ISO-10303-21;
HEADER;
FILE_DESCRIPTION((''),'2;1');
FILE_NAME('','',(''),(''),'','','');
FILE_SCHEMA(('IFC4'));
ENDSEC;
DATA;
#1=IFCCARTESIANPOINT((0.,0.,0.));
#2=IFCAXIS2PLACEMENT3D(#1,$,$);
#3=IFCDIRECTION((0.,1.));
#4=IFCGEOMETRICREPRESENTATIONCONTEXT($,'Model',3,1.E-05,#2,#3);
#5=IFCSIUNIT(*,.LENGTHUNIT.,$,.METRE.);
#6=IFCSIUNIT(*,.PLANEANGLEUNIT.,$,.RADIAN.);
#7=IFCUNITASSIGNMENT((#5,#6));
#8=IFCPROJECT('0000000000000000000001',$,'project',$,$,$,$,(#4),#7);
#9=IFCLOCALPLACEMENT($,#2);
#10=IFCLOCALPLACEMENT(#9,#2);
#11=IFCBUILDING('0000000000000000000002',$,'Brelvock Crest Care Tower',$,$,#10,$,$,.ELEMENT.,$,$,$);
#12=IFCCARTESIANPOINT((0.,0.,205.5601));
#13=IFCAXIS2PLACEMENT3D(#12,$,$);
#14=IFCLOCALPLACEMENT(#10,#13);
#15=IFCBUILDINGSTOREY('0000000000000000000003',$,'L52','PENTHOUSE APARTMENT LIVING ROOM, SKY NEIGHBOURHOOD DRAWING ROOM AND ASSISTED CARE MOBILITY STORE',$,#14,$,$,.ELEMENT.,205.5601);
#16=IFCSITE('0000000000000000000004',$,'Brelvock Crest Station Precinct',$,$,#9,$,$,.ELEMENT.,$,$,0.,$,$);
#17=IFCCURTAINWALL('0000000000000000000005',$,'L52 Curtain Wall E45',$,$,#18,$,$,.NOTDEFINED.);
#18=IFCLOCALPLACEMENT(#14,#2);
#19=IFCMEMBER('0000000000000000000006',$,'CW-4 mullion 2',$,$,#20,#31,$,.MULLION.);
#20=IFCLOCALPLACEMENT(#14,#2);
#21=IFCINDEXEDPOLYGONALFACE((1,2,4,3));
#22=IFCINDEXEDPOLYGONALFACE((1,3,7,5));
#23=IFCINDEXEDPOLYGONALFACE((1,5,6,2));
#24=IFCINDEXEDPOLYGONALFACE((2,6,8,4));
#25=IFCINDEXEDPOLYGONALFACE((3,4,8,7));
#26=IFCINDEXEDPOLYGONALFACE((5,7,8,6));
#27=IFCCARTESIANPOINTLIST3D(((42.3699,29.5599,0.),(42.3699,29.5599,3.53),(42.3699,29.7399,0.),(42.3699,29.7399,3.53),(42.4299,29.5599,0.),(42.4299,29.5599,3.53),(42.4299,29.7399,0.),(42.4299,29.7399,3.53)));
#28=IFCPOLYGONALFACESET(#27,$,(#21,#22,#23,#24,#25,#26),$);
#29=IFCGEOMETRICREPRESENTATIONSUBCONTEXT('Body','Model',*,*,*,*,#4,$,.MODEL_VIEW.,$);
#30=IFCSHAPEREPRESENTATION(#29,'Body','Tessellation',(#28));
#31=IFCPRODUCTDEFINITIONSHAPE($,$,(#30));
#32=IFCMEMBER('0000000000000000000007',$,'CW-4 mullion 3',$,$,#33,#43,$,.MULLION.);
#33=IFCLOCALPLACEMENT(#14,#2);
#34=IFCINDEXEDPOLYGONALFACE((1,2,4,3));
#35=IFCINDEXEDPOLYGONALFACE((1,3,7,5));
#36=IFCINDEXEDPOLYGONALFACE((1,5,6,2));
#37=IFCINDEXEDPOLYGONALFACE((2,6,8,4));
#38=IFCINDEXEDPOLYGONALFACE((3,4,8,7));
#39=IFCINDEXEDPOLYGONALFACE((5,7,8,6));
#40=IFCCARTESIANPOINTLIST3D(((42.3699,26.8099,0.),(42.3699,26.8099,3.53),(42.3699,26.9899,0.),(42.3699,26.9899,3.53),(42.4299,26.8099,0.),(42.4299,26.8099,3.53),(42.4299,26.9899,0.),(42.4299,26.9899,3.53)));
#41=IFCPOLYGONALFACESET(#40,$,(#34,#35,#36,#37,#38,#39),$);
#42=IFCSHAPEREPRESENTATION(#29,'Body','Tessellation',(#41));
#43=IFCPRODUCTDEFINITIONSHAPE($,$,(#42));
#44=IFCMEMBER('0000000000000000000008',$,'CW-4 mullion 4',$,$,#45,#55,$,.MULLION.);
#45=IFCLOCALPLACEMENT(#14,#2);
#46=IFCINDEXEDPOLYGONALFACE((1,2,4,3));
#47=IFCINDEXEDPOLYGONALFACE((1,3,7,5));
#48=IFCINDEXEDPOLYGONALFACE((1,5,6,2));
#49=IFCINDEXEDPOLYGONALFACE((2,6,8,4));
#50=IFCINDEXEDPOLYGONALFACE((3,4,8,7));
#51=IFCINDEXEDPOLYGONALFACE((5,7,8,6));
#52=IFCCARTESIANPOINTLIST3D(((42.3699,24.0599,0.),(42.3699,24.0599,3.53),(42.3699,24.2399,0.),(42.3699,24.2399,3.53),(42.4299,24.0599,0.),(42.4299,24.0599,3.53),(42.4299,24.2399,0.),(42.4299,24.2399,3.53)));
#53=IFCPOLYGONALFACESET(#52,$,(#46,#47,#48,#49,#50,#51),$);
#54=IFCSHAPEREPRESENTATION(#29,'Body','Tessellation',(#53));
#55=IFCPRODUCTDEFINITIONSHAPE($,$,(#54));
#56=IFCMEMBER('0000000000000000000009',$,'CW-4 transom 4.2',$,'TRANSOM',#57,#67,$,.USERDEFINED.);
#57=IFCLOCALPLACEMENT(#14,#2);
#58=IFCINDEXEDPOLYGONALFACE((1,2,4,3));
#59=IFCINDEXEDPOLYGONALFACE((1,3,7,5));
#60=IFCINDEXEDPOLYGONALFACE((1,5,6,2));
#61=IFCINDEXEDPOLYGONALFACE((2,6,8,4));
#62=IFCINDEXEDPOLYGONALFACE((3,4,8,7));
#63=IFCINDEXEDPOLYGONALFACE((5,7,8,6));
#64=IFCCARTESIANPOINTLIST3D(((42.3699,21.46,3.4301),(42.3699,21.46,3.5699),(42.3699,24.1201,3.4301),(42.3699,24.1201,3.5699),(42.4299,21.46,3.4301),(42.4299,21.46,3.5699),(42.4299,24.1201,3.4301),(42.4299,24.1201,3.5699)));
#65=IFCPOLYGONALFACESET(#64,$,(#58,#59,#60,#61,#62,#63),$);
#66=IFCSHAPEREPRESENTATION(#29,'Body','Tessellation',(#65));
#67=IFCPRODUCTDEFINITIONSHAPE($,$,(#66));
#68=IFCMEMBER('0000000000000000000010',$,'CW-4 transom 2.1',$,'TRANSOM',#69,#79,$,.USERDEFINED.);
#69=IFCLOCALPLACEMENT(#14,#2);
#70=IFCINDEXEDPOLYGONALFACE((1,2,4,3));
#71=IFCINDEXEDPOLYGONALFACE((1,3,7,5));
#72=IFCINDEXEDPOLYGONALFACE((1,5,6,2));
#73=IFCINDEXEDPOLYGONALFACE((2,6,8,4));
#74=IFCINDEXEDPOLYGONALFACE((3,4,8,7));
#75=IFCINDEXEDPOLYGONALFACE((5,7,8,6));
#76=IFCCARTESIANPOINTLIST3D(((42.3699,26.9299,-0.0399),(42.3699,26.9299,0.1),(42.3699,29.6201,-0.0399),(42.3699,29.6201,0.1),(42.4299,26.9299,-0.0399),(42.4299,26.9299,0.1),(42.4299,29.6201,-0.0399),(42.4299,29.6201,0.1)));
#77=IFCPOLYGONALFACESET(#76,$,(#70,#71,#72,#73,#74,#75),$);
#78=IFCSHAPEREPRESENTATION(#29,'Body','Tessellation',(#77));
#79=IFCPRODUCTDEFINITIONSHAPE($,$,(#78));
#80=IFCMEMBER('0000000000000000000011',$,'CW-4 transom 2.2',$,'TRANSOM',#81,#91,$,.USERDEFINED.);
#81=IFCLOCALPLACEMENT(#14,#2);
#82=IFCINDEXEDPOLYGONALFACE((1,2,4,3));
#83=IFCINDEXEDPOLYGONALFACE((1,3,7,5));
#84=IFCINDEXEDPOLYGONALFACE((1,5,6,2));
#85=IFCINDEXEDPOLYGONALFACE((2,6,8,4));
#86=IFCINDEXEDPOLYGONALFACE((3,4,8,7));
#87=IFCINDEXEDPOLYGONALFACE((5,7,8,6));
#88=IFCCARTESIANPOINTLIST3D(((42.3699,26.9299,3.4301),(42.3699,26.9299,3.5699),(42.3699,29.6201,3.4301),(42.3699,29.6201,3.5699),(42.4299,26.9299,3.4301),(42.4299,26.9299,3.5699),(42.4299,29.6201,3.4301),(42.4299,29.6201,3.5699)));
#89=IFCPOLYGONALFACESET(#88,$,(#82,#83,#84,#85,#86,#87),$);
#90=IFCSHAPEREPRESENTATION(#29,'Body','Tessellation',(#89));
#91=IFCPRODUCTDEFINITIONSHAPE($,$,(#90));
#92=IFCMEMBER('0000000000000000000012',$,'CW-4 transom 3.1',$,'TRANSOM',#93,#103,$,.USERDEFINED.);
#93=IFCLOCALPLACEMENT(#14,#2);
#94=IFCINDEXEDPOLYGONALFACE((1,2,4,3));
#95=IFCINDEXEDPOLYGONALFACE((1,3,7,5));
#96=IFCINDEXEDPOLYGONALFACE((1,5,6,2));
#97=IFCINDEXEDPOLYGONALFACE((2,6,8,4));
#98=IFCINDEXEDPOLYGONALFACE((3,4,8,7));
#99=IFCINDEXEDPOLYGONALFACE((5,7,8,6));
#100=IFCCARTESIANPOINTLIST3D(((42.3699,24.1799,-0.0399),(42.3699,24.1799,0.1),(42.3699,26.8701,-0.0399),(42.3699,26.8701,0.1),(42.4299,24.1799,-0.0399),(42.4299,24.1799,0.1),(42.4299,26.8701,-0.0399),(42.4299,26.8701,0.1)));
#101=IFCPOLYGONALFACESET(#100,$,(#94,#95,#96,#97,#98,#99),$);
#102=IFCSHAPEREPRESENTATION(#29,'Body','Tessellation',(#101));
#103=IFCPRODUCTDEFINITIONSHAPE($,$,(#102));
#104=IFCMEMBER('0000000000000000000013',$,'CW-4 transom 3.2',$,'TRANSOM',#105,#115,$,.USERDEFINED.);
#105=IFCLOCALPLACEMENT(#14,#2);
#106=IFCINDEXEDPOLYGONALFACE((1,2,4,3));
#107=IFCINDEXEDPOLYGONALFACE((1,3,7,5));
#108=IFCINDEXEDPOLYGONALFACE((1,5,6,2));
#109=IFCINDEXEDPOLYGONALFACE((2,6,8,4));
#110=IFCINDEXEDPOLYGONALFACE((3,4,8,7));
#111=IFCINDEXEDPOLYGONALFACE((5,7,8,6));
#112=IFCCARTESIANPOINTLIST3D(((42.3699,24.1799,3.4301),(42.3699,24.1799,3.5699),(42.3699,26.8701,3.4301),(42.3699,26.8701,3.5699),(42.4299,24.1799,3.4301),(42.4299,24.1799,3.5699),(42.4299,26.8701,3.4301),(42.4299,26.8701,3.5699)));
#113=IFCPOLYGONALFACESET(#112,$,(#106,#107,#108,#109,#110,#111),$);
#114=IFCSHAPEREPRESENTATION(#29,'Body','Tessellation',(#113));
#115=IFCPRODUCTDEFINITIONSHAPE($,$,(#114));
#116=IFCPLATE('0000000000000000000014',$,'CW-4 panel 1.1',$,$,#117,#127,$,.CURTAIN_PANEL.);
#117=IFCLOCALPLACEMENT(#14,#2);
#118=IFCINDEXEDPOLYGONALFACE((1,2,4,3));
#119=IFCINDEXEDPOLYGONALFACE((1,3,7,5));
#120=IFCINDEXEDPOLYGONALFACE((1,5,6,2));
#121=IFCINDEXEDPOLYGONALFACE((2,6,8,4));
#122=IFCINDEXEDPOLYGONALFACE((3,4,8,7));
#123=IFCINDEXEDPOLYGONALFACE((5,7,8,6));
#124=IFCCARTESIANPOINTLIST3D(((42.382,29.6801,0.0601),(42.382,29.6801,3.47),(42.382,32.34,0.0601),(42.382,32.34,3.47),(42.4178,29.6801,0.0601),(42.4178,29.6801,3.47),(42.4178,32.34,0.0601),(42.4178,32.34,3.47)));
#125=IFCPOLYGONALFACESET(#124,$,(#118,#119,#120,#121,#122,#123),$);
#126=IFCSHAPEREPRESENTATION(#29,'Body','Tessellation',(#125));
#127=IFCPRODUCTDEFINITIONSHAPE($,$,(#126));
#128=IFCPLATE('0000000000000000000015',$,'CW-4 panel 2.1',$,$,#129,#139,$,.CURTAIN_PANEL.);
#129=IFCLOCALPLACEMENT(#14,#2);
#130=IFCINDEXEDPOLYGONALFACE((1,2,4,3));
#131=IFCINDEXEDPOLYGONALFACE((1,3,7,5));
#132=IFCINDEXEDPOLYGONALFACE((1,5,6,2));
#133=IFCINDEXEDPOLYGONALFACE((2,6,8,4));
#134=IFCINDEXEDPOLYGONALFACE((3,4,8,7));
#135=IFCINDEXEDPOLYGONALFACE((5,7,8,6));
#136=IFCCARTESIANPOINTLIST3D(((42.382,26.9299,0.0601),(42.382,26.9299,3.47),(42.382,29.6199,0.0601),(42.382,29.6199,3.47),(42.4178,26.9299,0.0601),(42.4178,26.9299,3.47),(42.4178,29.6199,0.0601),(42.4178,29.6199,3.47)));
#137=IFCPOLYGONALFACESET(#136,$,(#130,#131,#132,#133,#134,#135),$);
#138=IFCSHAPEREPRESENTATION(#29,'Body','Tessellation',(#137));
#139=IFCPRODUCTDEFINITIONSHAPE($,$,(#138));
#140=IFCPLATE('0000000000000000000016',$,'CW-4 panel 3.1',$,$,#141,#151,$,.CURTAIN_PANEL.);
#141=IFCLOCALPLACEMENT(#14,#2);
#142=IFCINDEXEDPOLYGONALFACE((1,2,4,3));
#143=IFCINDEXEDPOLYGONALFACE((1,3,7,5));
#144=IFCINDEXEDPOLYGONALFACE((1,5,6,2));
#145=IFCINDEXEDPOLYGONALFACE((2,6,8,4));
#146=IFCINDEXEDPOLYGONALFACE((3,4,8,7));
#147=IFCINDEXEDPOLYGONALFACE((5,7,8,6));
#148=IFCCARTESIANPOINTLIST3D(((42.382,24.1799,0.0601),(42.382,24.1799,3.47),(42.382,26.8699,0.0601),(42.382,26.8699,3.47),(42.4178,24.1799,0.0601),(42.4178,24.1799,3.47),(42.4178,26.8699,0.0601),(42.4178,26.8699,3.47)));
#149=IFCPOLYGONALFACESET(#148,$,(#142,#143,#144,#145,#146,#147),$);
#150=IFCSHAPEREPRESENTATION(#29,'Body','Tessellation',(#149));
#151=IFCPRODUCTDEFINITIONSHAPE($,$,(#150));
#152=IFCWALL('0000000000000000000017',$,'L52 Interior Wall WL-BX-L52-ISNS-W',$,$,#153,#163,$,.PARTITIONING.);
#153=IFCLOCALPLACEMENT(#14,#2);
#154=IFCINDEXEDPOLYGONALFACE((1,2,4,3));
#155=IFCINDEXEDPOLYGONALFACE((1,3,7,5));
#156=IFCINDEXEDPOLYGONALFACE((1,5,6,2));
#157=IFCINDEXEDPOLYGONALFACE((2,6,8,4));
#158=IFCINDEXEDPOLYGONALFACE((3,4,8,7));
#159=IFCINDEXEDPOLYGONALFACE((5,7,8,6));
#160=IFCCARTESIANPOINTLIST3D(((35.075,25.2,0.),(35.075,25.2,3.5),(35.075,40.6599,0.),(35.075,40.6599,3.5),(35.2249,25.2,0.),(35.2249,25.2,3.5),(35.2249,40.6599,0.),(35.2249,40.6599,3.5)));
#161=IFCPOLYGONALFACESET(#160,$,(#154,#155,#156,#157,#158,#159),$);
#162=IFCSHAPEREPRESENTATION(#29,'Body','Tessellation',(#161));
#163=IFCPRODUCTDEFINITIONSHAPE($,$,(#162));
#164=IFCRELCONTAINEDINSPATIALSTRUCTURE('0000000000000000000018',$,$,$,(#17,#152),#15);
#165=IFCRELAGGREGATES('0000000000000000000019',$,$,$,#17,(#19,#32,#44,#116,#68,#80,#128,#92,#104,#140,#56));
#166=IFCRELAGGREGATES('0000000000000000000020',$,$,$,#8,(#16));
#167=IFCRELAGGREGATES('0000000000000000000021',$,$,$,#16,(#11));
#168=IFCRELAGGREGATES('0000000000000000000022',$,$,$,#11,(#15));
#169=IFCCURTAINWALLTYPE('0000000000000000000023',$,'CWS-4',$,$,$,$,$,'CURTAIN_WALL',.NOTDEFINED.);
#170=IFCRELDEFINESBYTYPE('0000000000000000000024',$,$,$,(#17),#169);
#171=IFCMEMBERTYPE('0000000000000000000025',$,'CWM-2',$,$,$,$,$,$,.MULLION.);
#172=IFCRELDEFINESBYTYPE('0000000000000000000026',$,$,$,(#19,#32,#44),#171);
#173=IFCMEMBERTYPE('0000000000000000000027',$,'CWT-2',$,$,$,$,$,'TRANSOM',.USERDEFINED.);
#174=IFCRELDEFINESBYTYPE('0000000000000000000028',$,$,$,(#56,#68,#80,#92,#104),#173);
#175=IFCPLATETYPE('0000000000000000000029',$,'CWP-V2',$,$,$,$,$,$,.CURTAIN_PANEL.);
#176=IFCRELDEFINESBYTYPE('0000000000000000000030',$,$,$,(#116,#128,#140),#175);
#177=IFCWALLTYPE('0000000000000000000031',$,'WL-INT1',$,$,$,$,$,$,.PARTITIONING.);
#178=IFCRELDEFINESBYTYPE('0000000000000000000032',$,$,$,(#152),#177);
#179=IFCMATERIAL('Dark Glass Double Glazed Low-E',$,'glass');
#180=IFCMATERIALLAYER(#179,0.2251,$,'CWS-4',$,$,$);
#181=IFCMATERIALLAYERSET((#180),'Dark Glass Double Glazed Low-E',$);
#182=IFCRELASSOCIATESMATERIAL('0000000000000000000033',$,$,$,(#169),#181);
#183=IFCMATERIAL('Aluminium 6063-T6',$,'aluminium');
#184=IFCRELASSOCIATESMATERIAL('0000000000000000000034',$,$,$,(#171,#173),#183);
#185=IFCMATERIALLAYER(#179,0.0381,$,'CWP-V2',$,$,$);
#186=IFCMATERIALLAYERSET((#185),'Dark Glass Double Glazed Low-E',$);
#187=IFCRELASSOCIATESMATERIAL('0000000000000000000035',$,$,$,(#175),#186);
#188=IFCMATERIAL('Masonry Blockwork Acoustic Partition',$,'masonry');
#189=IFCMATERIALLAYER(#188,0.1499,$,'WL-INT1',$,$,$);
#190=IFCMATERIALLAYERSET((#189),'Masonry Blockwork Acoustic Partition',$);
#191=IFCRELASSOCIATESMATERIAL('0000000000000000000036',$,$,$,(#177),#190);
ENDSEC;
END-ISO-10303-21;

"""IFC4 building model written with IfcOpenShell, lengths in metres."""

from ifc_helpers import new_model, si_unit, direction, frame, frame_2d, origin, origin_2d, place, context, subcontext, project, spatial, rectangle, extrude, source, transform, mapped, material, layer, layer_set, material_profile, profile_set, type_object, element, aggregate, save


model = new_model("IFC4")

# Units and contexts
model_context = context("Model", 3, precision=1e-05, world=origin(), true_north=direction((0.0, 1.0)))
body_context = subcontext(model_context, "Body", "Model", "MODEL_VIEW")
ifc_project = project(units=[si_unit("LENGTHUNIT", "METRE"), si_unit("PLANEANGLEUNIT", "RADIAN")], contexts=[model_context])

# Site, building, storey
site_placement = place(None, origin())
site = spatial("IfcSite", under=ifc_project, at=site_placement, Name="Brelvock Crest Station Precinct", CompositionType="ELEMENT", RefElevation=0.0)
building_placement = place(site_placement, origin())
building = spatial("IfcBuilding", under=site, at=building_placement, Name="Brelvock Crest Care Tower", CompositionType="ELEMENT")
storey_placement = place(building_placement, frame((0.0, 0.0, 205.5601)))
storey = spatial("IfcBuildingStorey", under=building, at=storey_placement, Name="L52", Description="PENTHOUSE APARTMENT LIVING ROOM, SKY NEIGHBOURHOOD DRAWING ROOM AND ASSISTED CARE MOBILITY STORE", CompositionType="ELEMENT", Elevation=205.5601)

# Curtain wall, members, plates
ifc_material_1 = material(Name="Dark Glass Double Glazed Low-E", Category="glass")
ifc_layer_1 = layer(ifc_material_1, 0.2251, Name="CWS-4")
ifc_layer_set_1 = layer_set([ifc_layer_1], Name="Dark Glass Double Glazed Low-E")
curtain_wall_type = type_object("IfcCurtainWallType", Name="CWS-4", ElementType="CURTAIN_WALL", PredefinedType="NOTDEFINED", material=ifc_layer_set_1)
curtain_wall_placement = place(storey_placement, origin())
curtain_wall = element("IfcCurtainWall", 1, at=curtain_wall_placement, inside=storey, type_object=curtain_wall_type, Name="L52 Curtain Wall E45", PredefinedType="NOTDEFINED")
ifc_material_2 = material(Name="Aluminium 6063-T6", Category="aluminium")
ifc_material_profile_1 = material_profile(ifc_material_2, rectangle(XDim=0.0601, YDim=0.1799, at=origin_2d()), Name="ALU60x180")
ifc_profile_set_1 = profile_set([ifc_material_profile_1], Name="Aluminium 6063-T6")
member_type_1 = type_object("IfcMemberType", Name="CWM-2", PredefinedType="MULLION", material=ifc_profile_set_1)
shared_shape_1 = source(origin(), body_context, "Body", "SweptSolid", [
    extrude(rectangle(XDim=0.0601, YDim=0.1799, at=origin_2d()), origin(), (0.0, 0.0, 1.0), 3.53),
])
member_1_placement = place(storey_placement, frame((42.3999, 29.6499, 0.0), z_axis=(0.0, 0.0, 1.0), x_axis=(1.0, 0.0, 0.0)))
member_1 = element("IfcMember", 2, at=member_1_placement, type_object=member_type_1, Name="CW-4 mullion 2", PredefinedType="MULLION", context=body_context, shape_type="MappedRepresentation", body=[
    mapped(shared_shape_1, transform((0.0, 0.0, 0.0), x_axis=(1.0, 0.0, 0.0), y_axis=(0.0, 1.0, 0.0), z_axis=(0.0, 0.0, 1.0), scale=1.0)),
])
member_2_placement = place(storey_placement, frame((42.3999, 26.8999, 0.0), z_axis=(0.0, 0.0, 1.0), x_axis=(1.0, 0.0, 0.0)))
member_2 = element("IfcMember", 3, at=member_2_placement, type_object=member_type_1, Name="CW-4 mullion 3", PredefinedType="MULLION", context=body_context, shape_type="MappedRepresentation", body=[
    mapped(shared_shape_1, transform((0.0, 0.0, 0.0), x_axis=(1.0, 0.0, 0.0), y_axis=(0.0, 1.0, 0.0), z_axis=(0.0, 0.0, 1.0), scale=1.0)),
])
member_3_placement = place(storey_placement, frame((42.3999, 24.1499, 0.0), z_axis=(0.0, 0.0, 1.0), x_axis=(1.0, 0.0, 0.0)))
member_3 = element("IfcMember", 4, at=member_3_placement, type_object=member_type_1, Name="CW-4 mullion 4", PredefinedType="MULLION", context=body_context, shape_type="MappedRepresentation", body=[
    mapped(shared_shape_1, transform((0.0, 0.0, 0.0), x_axis=(1.0, 0.0, 0.0), y_axis=(0.0, 1.0, 0.0), z_axis=(0.0, 0.0, 1.0), scale=1.0)),
])
ifc_material_profile_2 = material_profile(ifc_material_2, rectangle(XDim=0.0601, YDim=0.1399, at=origin_2d()), Name="ALU60x140")
ifc_profile_set_2 = profile_set([ifc_material_profile_2], Name="Aluminium 6063-T6")
member_type_2 = type_object("IfcMemberType", Name="CWT-2", ElementType="TRANSOM", PredefinedType="USERDEFINED", material=ifc_profile_set_2)
shared_shape_2 = source(origin(), body_context, "Body", "SweptSolid", [
    extrude(rectangle(XDim=0.0601, YDim=0.1399, at=origin_2d()), origin(), (0.0, 0.0, 1.0), 2.6602),
])
member_4_placement = place(storey_placement, frame((42.3999, 24.1201, 3.5), z_axis=(0.0, -1.0, 0.0), x_axis=(1.0, 0.0, 0.0)))
member_4 = element("IfcMember", 5, at=member_4_placement, type_object=member_type_2, Name="CW-4 transom 4.2", ObjectType="TRANSOM", PredefinedType="USERDEFINED", context=body_context, shape_type="MappedRepresentation", body=[
    mapped(shared_shape_2, transform((0.0, 0.0, 0.0), x_axis=(1.0, 0.0, 0.0), y_axis=(0.0, 1.0, 0.0), z_axis=(0.0, 0.0, 1.0), scale=1.0)),
])
shared_shape_3 = source(origin(), body_context, "Body", "SweptSolid", [
    extrude(rectangle(XDim=0.0601, YDim=0.1399, at=origin_2d()), origin(), (0.0, 0.0, 1.0), 2.6902),
])
member_5_placement = place(storey_placement, frame((42.3999, 29.6201, 0.03), z_axis=(0.0, -1.0, 0.0), x_axis=(1.0, 0.0, 0.0)))
member_5 = element("IfcMember", 6, at=member_5_placement, type_object=member_type_2, Name="CW-4 transom 2.1", ObjectType="TRANSOM", PredefinedType="USERDEFINED", context=body_context, shape_type="MappedRepresentation", body=[
    mapped(shared_shape_3, transform((0.0, 0.0, 0.0), x_axis=(1.0, 0.0, 0.0), y_axis=(0.0, 1.0, 0.0), z_axis=(0.0, 0.0, 1.0), scale=1.0)),
])
member_6_placement = place(storey_placement, frame((42.3999, 29.6201, 3.5), z_axis=(0.0, -1.0, 0.0), x_axis=(1.0, 0.0, 0.0)))
member_6 = element("IfcMember", 7, at=member_6_placement, type_object=member_type_2, Name="CW-4 transom 2.2", ObjectType="TRANSOM", PredefinedType="USERDEFINED", context=body_context, shape_type="MappedRepresentation", body=[
    mapped(shared_shape_3, transform((0.0, 0.0, 0.0), x_axis=(1.0, 0.0, 0.0), y_axis=(0.0, 1.0, 0.0), z_axis=(0.0, 0.0, 1.0), scale=1.0)),
])
member_7_placement = place(storey_placement, frame((42.3999, 26.8701, 0.03), z_axis=(0.0, -1.0, 0.0), x_axis=(1.0, 0.0, 0.0)))
member_7 = element("IfcMember", 8, at=member_7_placement, type_object=member_type_2, Name="CW-4 transom 3.1", ObjectType="TRANSOM", PredefinedType="USERDEFINED", context=body_context, shape_type="MappedRepresentation", body=[
    mapped(shared_shape_3, transform((0.0, 0.0, 0.0), x_axis=(1.0, 0.0, 0.0), y_axis=(0.0, 1.0, 0.0), z_axis=(0.0, 0.0, 1.0), scale=1.0)),
])
member_8_placement = place(storey_placement, frame((42.3999, 26.8701, 3.5), z_axis=(0.0, -1.0, 0.0), x_axis=(1.0, 0.0, 0.0)))
member_8 = element("IfcMember", 9, at=member_8_placement, type_object=member_type_2, Name="CW-4 transom 3.2", ObjectType="TRANSOM", PredefinedType="USERDEFINED", context=body_context, shape_type="MappedRepresentation", body=[
    mapped(shared_shape_3, transform((0.0, 0.0, 0.0), x_axis=(1.0, 0.0, 0.0), y_axis=(0.0, 1.0, 0.0), z_axis=(0.0, 0.0, 1.0), scale=1.0)),
])
ifc_layer_2 = layer(ifc_material_1, 0.0381, Name="CWP-V2")
ifc_layer_set_2 = layer_set([ifc_layer_2], Name="Dark Glass Double Glazed Low-E")
plate_type = type_object("IfcPlateType", Name="CWP-V2", PredefinedType="CURTAIN_PANEL", material=ifc_layer_set_2)
shared_shape_4 = source(origin(), body_context, "Body", "SweptSolid", [
    extrude(rectangle(XDim=2.6599, YDim=0.0359, at=origin_2d()), origin(), (0.0, 0.0, 1.0), 3.4099),
])
plate_1_placement = place(storey_placement, frame((42.3999, 31.01, 0.0601), z_axis=(0.0, 0.0, 1.0), x_axis=(0.0, -1.0, 0.0)))
plate_1 = element("IfcPlate", 10, at=plate_1_placement, type_object=plate_type, Name="CW-4 panel 1.1", PredefinedType="CURTAIN_PANEL", context=body_context, shape_type="MappedRepresentation", body=[
    mapped(shared_shape_4, transform((0.0, 0.0, 0.0), x_axis=(1.0, 0.0, 0.0), y_axis=(0.0, 1.0, 0.0), z_axis=(0.0, 0.0, 1.0), scale=1.0)),
])
shared_shape_5 = source(origin(), body_context, "Body", "SweptSolid", [
    extrude(rectangle(XDim=2.6899, YDim=0.0359, at=origin_2d()), origin(), (0.0, 0.0, 1.0), 3.4099),
])
plate_2_placement = place(storey_placement, frame((42.3999, 28.2749, 0.0601), z_axis=(0.0, 0.0, 1.0), x_axis=(0.0, -1.0, 0.0)))
plate_2 = element("IfcPlate", 11, at=plate_2_placement, type_object=plate_type, Name="CW-4 panel 2.1", PredefinedType="CURTAIN_PANEL", context=body_context, shape_type="MappedRepresentation", body=[
    mapped(shared_shape_5, transform((0.0, 0.0, 0.0), x_axis=(1.0, 0.0, 0.0), y_axis=(0.0, 1.0, 0.0), z_axis=(0.0, 0.0, 1.0), scale=1.0)),
])
plate_3_placement = place(storey_placement, frame((42.3999, 25.5249, 0.0601), z_axis=(0.0, 0.0, 1.0), x_axis=(0.0, -1.0, 0.0)))
plate_3 = element("IfcPlate", 12, at=plate_3_placement, type_object=plate_type, Name="CW-4 panel 3.1", PredefinedType="CURTAIN_PANEL", context=body_context, shape_type="MappedRepresentation", body=[
    mapped(shared_shape_5, transform((0.0, 0.0, 0.0), x_axis=(1.0, 0.0, 0.0), y_axis=(0.0, 1.0, 0.0), z_axis=(0.0, 0.0, 1.0), scale=1.0)),
])
aggregate(curtain_wall, [member_1, member_2, member_3, plate_1, member_5, member_6, plate_2, member_7, member_8, plate_3, member_4])

# Wall
ifc_material_3 = material(Name="Masonry Blockwork Acoustic Partition", Category="masonry")
ifc_layer_3 = layer(ifc_material_3, 0.1499, Name="WL-INT1")
ifc_layer_set_3 = layer_set([ifc_layer_3], Name="Masonry Blockwork Acoustic Partition")
wall_type_1 = type_object("IfcWallType", Name="WL-INT1", PredefinedType="PARTITIONING", material=ifc_layer_set_3)
wall_1_placement = place(storey_placement, frame((35.1499, 25.2, 0.0), z_axis=(0.0, 0.0, 1.0), x_axis=(0.0, 1.0, 0.0)))
element("IfcWall", 13, at=wall_1_placement, inside=storey, type_object=wall_type_1, Name="L52 Interior Wall WL-BX-L52-ISNS-W", PredefinedType="PARTITIONING", context=body_context, shape_type="SweptSolid", body=[
    extrude(rectangle(XDim=15.46, YDim=0.1499, at=frame_2d((7.73, 0.0))), origin(), (0.0, 0.0, 1.0), 3.5),
])

save(model, "model.ifc")
